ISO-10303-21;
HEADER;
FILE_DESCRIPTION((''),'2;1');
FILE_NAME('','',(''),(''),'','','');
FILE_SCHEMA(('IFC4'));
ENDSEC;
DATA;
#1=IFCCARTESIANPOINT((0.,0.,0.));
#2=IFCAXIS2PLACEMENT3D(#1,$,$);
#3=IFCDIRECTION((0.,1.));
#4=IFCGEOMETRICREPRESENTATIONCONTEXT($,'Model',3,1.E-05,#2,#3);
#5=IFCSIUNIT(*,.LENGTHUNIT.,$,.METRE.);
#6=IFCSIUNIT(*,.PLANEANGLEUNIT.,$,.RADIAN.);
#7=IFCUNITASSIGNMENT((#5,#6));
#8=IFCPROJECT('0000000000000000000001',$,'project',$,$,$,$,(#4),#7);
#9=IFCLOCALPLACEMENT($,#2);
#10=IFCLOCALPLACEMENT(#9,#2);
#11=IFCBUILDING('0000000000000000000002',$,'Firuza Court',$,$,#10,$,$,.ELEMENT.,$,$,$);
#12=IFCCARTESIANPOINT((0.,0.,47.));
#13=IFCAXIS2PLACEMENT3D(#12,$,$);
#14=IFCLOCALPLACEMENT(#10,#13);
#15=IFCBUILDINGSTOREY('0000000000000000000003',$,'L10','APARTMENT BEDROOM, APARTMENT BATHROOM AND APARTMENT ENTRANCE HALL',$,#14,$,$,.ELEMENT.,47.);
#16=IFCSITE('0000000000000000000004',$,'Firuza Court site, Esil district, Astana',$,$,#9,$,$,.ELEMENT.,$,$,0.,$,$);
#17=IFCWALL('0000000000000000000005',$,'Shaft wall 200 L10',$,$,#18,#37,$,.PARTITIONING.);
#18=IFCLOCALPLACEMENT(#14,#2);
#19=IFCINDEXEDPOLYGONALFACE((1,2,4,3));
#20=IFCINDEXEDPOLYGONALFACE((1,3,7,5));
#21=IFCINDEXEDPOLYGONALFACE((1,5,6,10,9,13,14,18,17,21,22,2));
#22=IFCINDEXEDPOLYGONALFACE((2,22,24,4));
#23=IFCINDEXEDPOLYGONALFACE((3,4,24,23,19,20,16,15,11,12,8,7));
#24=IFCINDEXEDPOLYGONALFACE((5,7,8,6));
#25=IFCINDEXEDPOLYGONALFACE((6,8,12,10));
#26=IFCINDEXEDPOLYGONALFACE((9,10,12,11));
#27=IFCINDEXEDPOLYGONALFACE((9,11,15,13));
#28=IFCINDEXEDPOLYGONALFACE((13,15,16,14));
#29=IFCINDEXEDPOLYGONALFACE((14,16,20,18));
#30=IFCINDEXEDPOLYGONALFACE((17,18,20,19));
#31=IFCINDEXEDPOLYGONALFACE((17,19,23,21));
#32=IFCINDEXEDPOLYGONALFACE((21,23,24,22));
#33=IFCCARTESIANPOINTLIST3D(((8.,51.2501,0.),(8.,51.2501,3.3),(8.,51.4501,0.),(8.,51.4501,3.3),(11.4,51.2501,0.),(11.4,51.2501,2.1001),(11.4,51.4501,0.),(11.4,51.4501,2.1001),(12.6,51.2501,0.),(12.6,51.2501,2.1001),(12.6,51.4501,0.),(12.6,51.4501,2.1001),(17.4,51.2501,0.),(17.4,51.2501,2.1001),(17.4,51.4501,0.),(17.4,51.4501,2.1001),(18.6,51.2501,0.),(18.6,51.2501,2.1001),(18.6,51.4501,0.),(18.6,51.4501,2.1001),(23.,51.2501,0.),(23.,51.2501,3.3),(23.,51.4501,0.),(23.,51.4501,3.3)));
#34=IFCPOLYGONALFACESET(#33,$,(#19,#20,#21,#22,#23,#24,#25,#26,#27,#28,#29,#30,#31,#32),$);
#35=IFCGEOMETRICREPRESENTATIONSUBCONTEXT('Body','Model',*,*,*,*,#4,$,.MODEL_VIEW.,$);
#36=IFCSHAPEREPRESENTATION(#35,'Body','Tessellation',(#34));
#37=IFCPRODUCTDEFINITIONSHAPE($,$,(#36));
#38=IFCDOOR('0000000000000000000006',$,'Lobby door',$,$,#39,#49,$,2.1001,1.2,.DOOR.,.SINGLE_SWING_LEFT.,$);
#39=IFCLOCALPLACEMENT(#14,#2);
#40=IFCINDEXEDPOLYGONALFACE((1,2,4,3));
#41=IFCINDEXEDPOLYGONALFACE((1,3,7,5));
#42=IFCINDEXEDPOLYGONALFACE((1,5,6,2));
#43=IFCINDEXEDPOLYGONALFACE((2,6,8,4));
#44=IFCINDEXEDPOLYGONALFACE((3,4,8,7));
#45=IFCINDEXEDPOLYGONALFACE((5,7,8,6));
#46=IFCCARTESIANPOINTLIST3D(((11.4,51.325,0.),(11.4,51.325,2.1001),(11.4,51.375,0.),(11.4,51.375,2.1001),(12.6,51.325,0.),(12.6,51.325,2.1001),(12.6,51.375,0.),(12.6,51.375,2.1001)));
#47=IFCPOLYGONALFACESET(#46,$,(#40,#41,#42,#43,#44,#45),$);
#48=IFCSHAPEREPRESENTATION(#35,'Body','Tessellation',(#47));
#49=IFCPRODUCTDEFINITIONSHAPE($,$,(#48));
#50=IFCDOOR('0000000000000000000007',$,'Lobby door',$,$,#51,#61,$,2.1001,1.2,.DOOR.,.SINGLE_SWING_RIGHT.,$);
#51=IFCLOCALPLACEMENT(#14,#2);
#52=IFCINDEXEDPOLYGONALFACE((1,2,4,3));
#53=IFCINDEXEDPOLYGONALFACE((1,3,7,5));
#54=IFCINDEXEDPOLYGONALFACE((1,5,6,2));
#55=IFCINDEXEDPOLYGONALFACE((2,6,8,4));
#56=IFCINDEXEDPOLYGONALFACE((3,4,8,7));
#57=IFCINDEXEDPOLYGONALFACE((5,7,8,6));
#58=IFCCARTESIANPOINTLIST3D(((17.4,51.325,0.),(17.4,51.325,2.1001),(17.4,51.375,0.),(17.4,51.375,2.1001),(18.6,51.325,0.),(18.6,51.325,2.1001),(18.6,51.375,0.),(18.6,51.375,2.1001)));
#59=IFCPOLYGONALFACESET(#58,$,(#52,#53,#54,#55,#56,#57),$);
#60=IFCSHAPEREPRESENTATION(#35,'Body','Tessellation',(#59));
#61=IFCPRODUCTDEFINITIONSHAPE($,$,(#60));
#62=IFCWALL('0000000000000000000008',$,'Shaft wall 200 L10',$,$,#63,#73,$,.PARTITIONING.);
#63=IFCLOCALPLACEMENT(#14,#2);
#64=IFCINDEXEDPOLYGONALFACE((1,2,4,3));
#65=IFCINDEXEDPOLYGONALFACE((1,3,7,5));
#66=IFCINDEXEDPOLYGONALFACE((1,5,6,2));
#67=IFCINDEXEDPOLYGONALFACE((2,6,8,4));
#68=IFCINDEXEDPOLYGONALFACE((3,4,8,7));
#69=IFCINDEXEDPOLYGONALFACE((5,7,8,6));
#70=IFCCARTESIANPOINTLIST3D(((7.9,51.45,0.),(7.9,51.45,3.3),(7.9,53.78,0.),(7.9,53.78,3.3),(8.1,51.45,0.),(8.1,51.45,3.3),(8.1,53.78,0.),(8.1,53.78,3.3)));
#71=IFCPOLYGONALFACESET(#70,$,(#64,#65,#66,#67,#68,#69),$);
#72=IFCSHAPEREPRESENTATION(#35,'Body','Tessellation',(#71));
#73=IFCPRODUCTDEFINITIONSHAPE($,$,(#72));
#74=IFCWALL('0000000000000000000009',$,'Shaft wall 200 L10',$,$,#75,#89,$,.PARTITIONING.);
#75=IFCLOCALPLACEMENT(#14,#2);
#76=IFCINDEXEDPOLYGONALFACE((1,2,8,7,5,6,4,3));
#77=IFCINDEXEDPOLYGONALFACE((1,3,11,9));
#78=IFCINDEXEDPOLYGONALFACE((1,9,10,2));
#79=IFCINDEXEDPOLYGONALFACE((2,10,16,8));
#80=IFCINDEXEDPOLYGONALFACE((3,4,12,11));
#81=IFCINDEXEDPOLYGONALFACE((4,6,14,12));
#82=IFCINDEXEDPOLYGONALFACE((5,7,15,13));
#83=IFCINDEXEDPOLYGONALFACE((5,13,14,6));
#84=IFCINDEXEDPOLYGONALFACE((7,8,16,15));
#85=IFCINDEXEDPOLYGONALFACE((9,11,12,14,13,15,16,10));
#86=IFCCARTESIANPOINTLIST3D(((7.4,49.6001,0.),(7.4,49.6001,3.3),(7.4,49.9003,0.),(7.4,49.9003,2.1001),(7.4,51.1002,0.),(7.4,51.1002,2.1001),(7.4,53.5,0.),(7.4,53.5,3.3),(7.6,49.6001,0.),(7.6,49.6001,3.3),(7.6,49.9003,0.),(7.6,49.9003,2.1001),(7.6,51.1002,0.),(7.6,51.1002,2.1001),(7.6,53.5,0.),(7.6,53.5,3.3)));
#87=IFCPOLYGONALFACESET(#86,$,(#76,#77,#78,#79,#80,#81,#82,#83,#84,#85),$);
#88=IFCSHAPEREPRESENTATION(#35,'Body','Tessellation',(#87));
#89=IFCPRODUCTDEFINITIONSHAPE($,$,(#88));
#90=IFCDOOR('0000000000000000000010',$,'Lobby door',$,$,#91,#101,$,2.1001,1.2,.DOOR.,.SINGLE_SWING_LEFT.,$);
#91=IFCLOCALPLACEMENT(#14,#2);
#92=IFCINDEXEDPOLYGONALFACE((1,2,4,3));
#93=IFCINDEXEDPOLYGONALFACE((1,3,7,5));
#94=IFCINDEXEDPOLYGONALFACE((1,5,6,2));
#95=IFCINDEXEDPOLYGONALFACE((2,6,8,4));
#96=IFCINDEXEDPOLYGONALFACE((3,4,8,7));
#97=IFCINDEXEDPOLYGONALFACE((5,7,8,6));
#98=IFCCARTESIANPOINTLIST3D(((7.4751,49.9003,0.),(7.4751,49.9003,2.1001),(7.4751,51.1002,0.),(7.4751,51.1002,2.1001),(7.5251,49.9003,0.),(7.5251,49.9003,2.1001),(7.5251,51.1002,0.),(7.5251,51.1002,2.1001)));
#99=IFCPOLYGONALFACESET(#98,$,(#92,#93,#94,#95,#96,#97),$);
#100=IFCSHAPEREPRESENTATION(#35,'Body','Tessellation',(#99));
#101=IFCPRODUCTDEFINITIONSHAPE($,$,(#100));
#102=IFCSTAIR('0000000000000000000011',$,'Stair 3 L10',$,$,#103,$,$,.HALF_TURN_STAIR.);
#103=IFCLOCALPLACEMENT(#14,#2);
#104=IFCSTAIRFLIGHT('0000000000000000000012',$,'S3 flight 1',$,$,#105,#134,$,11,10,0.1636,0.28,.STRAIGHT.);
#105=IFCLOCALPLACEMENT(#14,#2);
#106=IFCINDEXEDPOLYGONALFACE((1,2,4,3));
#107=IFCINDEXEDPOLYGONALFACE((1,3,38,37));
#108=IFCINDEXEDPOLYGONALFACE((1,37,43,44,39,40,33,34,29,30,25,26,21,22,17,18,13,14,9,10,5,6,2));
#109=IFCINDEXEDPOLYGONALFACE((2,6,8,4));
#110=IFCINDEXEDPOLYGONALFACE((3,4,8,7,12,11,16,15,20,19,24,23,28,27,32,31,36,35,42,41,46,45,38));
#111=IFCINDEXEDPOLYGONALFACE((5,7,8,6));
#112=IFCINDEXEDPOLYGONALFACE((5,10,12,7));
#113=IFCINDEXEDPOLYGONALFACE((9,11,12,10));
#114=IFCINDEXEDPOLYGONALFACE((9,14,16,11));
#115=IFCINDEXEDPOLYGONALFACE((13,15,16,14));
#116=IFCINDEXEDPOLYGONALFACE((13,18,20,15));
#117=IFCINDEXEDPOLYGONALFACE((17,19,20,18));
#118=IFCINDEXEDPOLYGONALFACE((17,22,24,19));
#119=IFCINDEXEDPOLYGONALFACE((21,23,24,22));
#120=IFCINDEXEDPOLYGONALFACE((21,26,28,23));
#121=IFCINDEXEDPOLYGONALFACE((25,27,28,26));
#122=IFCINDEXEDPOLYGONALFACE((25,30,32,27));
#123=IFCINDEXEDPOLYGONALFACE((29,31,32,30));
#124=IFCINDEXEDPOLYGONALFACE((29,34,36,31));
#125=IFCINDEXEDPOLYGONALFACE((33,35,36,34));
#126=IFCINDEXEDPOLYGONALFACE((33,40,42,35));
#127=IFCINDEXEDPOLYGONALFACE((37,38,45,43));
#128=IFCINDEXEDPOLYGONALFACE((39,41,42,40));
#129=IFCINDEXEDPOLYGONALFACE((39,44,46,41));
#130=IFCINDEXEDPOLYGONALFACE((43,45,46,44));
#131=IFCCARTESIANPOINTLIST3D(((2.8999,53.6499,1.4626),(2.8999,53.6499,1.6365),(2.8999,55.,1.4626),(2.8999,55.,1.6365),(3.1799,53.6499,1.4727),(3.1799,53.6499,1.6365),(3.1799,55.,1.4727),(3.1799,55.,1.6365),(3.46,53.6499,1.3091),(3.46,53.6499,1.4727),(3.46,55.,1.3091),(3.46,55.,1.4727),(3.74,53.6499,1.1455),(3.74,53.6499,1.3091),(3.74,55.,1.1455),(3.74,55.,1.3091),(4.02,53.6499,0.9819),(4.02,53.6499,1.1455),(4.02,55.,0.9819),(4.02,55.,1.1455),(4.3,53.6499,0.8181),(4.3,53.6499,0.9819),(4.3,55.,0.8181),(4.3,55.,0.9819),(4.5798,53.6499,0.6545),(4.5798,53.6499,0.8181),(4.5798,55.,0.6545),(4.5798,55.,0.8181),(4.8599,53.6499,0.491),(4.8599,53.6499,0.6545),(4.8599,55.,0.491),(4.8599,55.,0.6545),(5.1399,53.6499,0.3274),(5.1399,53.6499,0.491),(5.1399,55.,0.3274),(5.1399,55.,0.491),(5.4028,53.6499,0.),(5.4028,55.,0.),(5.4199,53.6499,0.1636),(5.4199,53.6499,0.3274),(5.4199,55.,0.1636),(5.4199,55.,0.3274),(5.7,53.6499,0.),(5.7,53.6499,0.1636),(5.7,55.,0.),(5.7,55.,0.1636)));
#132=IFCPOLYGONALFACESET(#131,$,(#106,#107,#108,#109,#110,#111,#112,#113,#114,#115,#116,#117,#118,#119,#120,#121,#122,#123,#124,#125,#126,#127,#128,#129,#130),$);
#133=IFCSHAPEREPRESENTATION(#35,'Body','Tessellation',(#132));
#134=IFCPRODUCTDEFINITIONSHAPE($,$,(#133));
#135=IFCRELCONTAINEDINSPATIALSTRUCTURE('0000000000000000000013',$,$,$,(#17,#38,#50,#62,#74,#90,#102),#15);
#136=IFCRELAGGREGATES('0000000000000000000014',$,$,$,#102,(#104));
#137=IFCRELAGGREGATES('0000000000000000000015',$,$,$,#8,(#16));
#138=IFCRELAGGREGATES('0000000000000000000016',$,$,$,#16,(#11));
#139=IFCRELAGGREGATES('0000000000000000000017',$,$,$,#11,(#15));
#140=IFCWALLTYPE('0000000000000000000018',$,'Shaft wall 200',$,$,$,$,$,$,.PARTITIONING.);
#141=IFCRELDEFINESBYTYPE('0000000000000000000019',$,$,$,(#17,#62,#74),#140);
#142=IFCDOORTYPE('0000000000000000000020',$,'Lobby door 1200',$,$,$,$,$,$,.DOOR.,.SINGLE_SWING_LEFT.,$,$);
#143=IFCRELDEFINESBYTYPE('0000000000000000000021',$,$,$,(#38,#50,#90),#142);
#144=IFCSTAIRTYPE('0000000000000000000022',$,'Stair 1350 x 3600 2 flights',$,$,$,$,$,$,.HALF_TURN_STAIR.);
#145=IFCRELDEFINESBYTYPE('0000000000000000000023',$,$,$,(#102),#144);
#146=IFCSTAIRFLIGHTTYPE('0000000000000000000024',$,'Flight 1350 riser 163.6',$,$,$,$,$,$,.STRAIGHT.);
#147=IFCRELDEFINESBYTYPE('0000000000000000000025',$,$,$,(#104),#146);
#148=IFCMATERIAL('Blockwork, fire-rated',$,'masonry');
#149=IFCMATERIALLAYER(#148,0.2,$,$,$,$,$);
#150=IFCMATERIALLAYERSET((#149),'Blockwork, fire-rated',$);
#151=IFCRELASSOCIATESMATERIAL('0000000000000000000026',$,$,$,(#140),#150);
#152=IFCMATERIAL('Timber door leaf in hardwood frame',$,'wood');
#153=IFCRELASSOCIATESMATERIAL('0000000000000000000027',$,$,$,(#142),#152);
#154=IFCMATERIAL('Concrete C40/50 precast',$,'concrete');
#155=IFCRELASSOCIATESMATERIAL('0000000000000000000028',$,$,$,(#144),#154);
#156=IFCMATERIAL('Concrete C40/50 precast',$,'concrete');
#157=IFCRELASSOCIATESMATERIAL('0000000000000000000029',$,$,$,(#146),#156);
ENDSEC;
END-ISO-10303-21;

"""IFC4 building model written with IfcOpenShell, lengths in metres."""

from ifc_helpers import new_model, si_unit, direction, frame, frame_2d, origin, place, context, subcontext, project, spatial, polyline, rectangle, outline, extrude, material, layer, layer_set, type_object, element, fill, aggregate, save


model = new_model("IFC4")

# Units and contexts
model_context = context("Model", 3, precision=1e-05, world=origin(), true_north=direction((0.0, 1.0)))
body_context = subcontext(model_context, "Body", "Model", "MODEL_VIEW")
ifc_project = project(units=[si_unit("LENGTHUNIT", "METRE"), si_unit("PLANEANGLEUNIT", "RADIAN")], contexts=[model_context])

# Site, building, storey
site_placement = place(None, origin())
site = spatial("IfcSite", under=ifc_project, at=site_placement, Name="Firuza Court site, Esil district, Astana", CompositionType="ELEMENT", RefElevation=0.0)
building_placement = place(site_placement, origin())
building = spatial("IfcBuilding", under=site, at=building_placement, Name="Firuza Court", CompositionType="ELEMENT")
storey_placement = place(building_placement, frame((0.0, 0.0, 47.0)))
storey = spatial("IfcBuildingStorey", under=building, at=storey_placement, Name="L10", Description="APARTMENT BEDROOM, APARTMENT BATHROOM AND APARTMENT ENTRANCE HALL", CompositionType="ELEMENT", Elevation=47.0)

# Wall, openings, doors
ifc_material_1 = material(Name="Blockwork, fire-rated", Category="masonry")
ifc_layer_1 = layer(ifc_material_1, 0.2)
ifc_layer_set_1 = layer_set([ifc_layer_1], Name="Blockwork, fire-rated")
wall_type_1 = type_object("IfcWallType", Name="Shaft wall 200", PredefinedType="PARTITIONING", material=ifc_layer_set_1)
wall_1_placement = place(storey_placement, frame((8.0, 51.3501, 0.0), z_axis=(0.0, 0.0, 1.0), x_axis=(1.0, 0.0, 0.0)))
wall_1 = element("IfcWall", 1, at=wall_1_placement, inside=storey, type_object=wall_type_1, Name="Shaft wall 200 L10", PredefinedType="PARTITIONING", context=body_context, shape_type="SweptSolid", body=[
    extrude(rectangle(XDim=15.0, YDim=0.2, at=frame_2d((7.5, 0.0))), origin(), (0.0, 0.0, 1.0), 3.3),
])
opening_1_placement = place(wall_1_placement, frame((3.3999, 0.0, 0.0)))
opening_1 = element("IfcOpeningElement", 2, at=opening_1_placement, cuts=wall_1, PredefinedType="OPENING", context=body_context, shape_type="SweptSolid", body=[
    extrude(rectangle(XDim=1.2, YDim=2.1001, at=frame_2d((0.6001, 1.05))), frame((0.0, 0.1118, 0.0), z_axis=(0.0, -1.0, 0.0), x_axis=(1.0, 0.0, 0.0)), (0.0, 0.0, 1.0), 0.2239),
])
opening_2_placement = place(wall_1_placement, frame((9.3999, 0.0, 0.0)))
opening_2 = element("IfcOpeningElement", 3, at=opening_2_placement, cuts=wall_1, PredefinedType="OPENING", context=body_context, shape_type="SweptSolid", body=[
    extrude(rectangle(XDim=1.2, YDim=2.1001, at=frame_2d((0.6001, 1.05))), frame((0.0, 0.1118, 0.0), z_axis=(0.0, -1.0, 0.0), x_axis=(1.0, 0.0, 0.0)), (0.0, 0.0, 1.0), 0.2239),
])
ifc_material_2 = material(Name="Timber door leaf in hardwood frame", Category="wood")
door_type_1 = type_object("IfcDoorType", Name="Lobby door 1200", OperationType="SINGLE_SWING_LEFT", PredefinedType="DOOR", material=ifc_material_2)
door_1_placement = place(opening_1_placement, origin())
door_1 = element("IfcDoor", 4, at=door_1_placement, inside=storey, type_object=door_type_1, Name="Lobby door", OperationType="SINGLE_SWING_LEFT", OverallHeight=2.1001, OverallWidth=1.2, PredefinedType="DOOR", context=body_context, shape_type="SweptSolid", body=[
    extrude(rectangle(XDim=1.2, YDim=2.1001, at=frame_2d((0.6001, 1.05))), frame((0.0, 0.0249, 0.0), z_axis=(0.0, -1.0, 0.0), x_axis=(1.0, 0.0, 0.0)), (0.0, 0.0, 1.0), 0.05),
])
fill(opening_1, door_1)
door_2_placement = place(opening_2_placement, origin())
door_2 = element("IfcDoor", 5, at=door_2_placement, inside=storey, type_object=door_type_1, Name="Lobby door", OperationType="SINGLE_SWING_RIGHT", OverallHeight=2.1001, OverallWidth=1.2, PredefinedType="DOOR", context=body_context, shape_type="SweptSolid", body=[
    extrude(rectangle(XDim=1.2, YDim=2.1001, at=frame_2d((0.6001, 1.05))), frame((0.0, 0.0249, 0.0), z_axis=(0.0, -1.0, 0.0), x_axis=(1.0, 0.0, 0.0)), (0.0, 0.0, 1.0), 0.05),
])
fill(opening_2, door_2)

# Wall
wall_2_placement = place(storey_placement, frame((8.0, 51.45, 0.0), z_axis=(0.0, 0.0, 1.0), x_axis=(0.0, 1.0, 0.0)))
element("IfcWall", 6, at=wall_2_placement, inside=storey, type_object=wall_type_1, Name="Shaft wall 200 L10", PredefinedType="PARTITIONING", context=body_context, shape_type="SweptSolid", body=[
    extrude(rectangle(XDim=2.3301, YDim=0.2, at=frame_2d((1.165, 0.0))), origin(), (0.0, 0.0, 1.0), 3.3),
])

# Wall, opening, door
wall_3_placement = place(storey_placement, frame((7.5, 49.6001, 0.0), z_axis=(0.0, 0.0, 1.0), x_axis=(0.0, 1.0, 0.0)))
wall_3 = element("IfcWall", 7, at=wall_3_placement, inside=storey, type_object=wall_type_1, Name="Shaft wall 200 L10", PredefinedType="PARTITIONING", context=body_context, shape_type="SweptSolid", body=[
    extrude(rectangle(XDim=3.8999, YDim=0.2, at=frame_2d((1.95, 0.0))), origin(), (0.0, 0.0, 1.0), 3.3),
])
opening_3_placement = place(wall_3_placement, frame((0.3, 0.0, 0.0)))
opening_3 = element("IfcOpeningElement", 8, at=opening_3_placement, cuts=wall_3, PredefinedType="OPENING", context=body_context, shape_type="SweptSolid", body=[
    extrude(rectangle(XDim=1.2, YDim=2.1001, at=frame_2d((0.6001, 1.05))), frame((0.0, 0.1118, 0.0), z_axis=(0.0, -1.0, 0.0), x_axis=(1.0, 0.0, 0.0)), (0.0, 0.0, 1.0), 0.2239),
])
door_3_placement = place(opening_3_placement, origin())
door_3 = element("IfcDoor", 9, at=door_3_placement, inside=storey, type_object=door_type_1, Name="Lobby door", OperationType="SINGLE_SWING_LEFT", OverallHeight=2.1001, OverallWidth=1.2, PredefinedType="DOOR", context=body_context, shape_type="SweptSolid", body=[
    extrude(rectangle(XDim=1.2, YDim=2.1001, at=frame_2d((0.6001, 1.05))), frame((0.0, 0.0249, 0.0), z_axis=(0.0, -1.0, 0.0), x_axis=(1.0, 0.0, 0.0)), (0.0, 0.0, 1.0), 0.05),
])
fill(opening_3, door_3)

# Stair, stair flight
ifc_material_3 = material(Name="Concrete C40/50 precast", Category="concrete")
stair_type = type_object("IfcStairType", Name="Stair 1350 x 3600 2 flights", PredefinedType="HALF_TURN_STAIR", material=ifc_material_3)
stair_placement = place(storey_placement, origin())
stair = element("IfcStair", 10, at=stair_placement, inside=storey, type_object=stair_type, Name="Stair 3 L10", PredefinedType="HALF_TURN_STAIR")
ifc_material_4 = material(Name="Concrete C40/50 precast", Category="concrete")
stair_flight_type = type_object("IfcStairFlightType", Name="Flight 1350 riser 163.6", PredefinedType="STRAIGHT", material=ifc_material_4)
stair_flight_placement = place(storey_placement, frame((5.7, 54.325, 0.0), z_axis=(0.0, 0.0, 1.0), x_axis=(-1.0, 0.0, 0.0)))
stair_flight = element("IfcStairFlight", 11, at=stair_flight_placement, type_object=stair_flight_type, Name="S3 flight 1", NumberOfRisers=11, NumberOfTreads=10, PredefinedType="STRAIGHT", RiserHeight=0.1636, TreadLength=0.28, context=body_context, shape_type="SweptSolid", body=[
    extrude(outline(polyline([(0.0, 0.0), (0.0, 0.1636), (0.28, 0.1636), (0.28, 0.3274), (0.5601, 0.3274), (0.5601, 0.491), (0.8401, 0.491), (0.8401, 0.6545), (1.1201, 0.6545), (1.1201, 0.8181), (1.3999, 0.8181), (1.3999, 0.9819), (1.6799, 0.9819), (1.6799, 1.1455), (1.96, 1.1455), (1.96, 1.3091), (2.24, 1.3091), (2.24, 1.4727), (2.52, 1.4727), (2.52, 1.6365), (2.8, 1.6365), (2.8, 1.8), (2.8, 1.4626), (0.2971, 0.0), (0.0, 0.0)])), frame((0.0, 0.675, 0.0), z_axis=(0.0, -1.0, 0.0), x_axis=(1.0, 0.0, 0.0)), (0.0, 0.0, 1.0), 1.3501),
])
aggregate(stair, [stair_flight])

save(model, "model.ifc")
